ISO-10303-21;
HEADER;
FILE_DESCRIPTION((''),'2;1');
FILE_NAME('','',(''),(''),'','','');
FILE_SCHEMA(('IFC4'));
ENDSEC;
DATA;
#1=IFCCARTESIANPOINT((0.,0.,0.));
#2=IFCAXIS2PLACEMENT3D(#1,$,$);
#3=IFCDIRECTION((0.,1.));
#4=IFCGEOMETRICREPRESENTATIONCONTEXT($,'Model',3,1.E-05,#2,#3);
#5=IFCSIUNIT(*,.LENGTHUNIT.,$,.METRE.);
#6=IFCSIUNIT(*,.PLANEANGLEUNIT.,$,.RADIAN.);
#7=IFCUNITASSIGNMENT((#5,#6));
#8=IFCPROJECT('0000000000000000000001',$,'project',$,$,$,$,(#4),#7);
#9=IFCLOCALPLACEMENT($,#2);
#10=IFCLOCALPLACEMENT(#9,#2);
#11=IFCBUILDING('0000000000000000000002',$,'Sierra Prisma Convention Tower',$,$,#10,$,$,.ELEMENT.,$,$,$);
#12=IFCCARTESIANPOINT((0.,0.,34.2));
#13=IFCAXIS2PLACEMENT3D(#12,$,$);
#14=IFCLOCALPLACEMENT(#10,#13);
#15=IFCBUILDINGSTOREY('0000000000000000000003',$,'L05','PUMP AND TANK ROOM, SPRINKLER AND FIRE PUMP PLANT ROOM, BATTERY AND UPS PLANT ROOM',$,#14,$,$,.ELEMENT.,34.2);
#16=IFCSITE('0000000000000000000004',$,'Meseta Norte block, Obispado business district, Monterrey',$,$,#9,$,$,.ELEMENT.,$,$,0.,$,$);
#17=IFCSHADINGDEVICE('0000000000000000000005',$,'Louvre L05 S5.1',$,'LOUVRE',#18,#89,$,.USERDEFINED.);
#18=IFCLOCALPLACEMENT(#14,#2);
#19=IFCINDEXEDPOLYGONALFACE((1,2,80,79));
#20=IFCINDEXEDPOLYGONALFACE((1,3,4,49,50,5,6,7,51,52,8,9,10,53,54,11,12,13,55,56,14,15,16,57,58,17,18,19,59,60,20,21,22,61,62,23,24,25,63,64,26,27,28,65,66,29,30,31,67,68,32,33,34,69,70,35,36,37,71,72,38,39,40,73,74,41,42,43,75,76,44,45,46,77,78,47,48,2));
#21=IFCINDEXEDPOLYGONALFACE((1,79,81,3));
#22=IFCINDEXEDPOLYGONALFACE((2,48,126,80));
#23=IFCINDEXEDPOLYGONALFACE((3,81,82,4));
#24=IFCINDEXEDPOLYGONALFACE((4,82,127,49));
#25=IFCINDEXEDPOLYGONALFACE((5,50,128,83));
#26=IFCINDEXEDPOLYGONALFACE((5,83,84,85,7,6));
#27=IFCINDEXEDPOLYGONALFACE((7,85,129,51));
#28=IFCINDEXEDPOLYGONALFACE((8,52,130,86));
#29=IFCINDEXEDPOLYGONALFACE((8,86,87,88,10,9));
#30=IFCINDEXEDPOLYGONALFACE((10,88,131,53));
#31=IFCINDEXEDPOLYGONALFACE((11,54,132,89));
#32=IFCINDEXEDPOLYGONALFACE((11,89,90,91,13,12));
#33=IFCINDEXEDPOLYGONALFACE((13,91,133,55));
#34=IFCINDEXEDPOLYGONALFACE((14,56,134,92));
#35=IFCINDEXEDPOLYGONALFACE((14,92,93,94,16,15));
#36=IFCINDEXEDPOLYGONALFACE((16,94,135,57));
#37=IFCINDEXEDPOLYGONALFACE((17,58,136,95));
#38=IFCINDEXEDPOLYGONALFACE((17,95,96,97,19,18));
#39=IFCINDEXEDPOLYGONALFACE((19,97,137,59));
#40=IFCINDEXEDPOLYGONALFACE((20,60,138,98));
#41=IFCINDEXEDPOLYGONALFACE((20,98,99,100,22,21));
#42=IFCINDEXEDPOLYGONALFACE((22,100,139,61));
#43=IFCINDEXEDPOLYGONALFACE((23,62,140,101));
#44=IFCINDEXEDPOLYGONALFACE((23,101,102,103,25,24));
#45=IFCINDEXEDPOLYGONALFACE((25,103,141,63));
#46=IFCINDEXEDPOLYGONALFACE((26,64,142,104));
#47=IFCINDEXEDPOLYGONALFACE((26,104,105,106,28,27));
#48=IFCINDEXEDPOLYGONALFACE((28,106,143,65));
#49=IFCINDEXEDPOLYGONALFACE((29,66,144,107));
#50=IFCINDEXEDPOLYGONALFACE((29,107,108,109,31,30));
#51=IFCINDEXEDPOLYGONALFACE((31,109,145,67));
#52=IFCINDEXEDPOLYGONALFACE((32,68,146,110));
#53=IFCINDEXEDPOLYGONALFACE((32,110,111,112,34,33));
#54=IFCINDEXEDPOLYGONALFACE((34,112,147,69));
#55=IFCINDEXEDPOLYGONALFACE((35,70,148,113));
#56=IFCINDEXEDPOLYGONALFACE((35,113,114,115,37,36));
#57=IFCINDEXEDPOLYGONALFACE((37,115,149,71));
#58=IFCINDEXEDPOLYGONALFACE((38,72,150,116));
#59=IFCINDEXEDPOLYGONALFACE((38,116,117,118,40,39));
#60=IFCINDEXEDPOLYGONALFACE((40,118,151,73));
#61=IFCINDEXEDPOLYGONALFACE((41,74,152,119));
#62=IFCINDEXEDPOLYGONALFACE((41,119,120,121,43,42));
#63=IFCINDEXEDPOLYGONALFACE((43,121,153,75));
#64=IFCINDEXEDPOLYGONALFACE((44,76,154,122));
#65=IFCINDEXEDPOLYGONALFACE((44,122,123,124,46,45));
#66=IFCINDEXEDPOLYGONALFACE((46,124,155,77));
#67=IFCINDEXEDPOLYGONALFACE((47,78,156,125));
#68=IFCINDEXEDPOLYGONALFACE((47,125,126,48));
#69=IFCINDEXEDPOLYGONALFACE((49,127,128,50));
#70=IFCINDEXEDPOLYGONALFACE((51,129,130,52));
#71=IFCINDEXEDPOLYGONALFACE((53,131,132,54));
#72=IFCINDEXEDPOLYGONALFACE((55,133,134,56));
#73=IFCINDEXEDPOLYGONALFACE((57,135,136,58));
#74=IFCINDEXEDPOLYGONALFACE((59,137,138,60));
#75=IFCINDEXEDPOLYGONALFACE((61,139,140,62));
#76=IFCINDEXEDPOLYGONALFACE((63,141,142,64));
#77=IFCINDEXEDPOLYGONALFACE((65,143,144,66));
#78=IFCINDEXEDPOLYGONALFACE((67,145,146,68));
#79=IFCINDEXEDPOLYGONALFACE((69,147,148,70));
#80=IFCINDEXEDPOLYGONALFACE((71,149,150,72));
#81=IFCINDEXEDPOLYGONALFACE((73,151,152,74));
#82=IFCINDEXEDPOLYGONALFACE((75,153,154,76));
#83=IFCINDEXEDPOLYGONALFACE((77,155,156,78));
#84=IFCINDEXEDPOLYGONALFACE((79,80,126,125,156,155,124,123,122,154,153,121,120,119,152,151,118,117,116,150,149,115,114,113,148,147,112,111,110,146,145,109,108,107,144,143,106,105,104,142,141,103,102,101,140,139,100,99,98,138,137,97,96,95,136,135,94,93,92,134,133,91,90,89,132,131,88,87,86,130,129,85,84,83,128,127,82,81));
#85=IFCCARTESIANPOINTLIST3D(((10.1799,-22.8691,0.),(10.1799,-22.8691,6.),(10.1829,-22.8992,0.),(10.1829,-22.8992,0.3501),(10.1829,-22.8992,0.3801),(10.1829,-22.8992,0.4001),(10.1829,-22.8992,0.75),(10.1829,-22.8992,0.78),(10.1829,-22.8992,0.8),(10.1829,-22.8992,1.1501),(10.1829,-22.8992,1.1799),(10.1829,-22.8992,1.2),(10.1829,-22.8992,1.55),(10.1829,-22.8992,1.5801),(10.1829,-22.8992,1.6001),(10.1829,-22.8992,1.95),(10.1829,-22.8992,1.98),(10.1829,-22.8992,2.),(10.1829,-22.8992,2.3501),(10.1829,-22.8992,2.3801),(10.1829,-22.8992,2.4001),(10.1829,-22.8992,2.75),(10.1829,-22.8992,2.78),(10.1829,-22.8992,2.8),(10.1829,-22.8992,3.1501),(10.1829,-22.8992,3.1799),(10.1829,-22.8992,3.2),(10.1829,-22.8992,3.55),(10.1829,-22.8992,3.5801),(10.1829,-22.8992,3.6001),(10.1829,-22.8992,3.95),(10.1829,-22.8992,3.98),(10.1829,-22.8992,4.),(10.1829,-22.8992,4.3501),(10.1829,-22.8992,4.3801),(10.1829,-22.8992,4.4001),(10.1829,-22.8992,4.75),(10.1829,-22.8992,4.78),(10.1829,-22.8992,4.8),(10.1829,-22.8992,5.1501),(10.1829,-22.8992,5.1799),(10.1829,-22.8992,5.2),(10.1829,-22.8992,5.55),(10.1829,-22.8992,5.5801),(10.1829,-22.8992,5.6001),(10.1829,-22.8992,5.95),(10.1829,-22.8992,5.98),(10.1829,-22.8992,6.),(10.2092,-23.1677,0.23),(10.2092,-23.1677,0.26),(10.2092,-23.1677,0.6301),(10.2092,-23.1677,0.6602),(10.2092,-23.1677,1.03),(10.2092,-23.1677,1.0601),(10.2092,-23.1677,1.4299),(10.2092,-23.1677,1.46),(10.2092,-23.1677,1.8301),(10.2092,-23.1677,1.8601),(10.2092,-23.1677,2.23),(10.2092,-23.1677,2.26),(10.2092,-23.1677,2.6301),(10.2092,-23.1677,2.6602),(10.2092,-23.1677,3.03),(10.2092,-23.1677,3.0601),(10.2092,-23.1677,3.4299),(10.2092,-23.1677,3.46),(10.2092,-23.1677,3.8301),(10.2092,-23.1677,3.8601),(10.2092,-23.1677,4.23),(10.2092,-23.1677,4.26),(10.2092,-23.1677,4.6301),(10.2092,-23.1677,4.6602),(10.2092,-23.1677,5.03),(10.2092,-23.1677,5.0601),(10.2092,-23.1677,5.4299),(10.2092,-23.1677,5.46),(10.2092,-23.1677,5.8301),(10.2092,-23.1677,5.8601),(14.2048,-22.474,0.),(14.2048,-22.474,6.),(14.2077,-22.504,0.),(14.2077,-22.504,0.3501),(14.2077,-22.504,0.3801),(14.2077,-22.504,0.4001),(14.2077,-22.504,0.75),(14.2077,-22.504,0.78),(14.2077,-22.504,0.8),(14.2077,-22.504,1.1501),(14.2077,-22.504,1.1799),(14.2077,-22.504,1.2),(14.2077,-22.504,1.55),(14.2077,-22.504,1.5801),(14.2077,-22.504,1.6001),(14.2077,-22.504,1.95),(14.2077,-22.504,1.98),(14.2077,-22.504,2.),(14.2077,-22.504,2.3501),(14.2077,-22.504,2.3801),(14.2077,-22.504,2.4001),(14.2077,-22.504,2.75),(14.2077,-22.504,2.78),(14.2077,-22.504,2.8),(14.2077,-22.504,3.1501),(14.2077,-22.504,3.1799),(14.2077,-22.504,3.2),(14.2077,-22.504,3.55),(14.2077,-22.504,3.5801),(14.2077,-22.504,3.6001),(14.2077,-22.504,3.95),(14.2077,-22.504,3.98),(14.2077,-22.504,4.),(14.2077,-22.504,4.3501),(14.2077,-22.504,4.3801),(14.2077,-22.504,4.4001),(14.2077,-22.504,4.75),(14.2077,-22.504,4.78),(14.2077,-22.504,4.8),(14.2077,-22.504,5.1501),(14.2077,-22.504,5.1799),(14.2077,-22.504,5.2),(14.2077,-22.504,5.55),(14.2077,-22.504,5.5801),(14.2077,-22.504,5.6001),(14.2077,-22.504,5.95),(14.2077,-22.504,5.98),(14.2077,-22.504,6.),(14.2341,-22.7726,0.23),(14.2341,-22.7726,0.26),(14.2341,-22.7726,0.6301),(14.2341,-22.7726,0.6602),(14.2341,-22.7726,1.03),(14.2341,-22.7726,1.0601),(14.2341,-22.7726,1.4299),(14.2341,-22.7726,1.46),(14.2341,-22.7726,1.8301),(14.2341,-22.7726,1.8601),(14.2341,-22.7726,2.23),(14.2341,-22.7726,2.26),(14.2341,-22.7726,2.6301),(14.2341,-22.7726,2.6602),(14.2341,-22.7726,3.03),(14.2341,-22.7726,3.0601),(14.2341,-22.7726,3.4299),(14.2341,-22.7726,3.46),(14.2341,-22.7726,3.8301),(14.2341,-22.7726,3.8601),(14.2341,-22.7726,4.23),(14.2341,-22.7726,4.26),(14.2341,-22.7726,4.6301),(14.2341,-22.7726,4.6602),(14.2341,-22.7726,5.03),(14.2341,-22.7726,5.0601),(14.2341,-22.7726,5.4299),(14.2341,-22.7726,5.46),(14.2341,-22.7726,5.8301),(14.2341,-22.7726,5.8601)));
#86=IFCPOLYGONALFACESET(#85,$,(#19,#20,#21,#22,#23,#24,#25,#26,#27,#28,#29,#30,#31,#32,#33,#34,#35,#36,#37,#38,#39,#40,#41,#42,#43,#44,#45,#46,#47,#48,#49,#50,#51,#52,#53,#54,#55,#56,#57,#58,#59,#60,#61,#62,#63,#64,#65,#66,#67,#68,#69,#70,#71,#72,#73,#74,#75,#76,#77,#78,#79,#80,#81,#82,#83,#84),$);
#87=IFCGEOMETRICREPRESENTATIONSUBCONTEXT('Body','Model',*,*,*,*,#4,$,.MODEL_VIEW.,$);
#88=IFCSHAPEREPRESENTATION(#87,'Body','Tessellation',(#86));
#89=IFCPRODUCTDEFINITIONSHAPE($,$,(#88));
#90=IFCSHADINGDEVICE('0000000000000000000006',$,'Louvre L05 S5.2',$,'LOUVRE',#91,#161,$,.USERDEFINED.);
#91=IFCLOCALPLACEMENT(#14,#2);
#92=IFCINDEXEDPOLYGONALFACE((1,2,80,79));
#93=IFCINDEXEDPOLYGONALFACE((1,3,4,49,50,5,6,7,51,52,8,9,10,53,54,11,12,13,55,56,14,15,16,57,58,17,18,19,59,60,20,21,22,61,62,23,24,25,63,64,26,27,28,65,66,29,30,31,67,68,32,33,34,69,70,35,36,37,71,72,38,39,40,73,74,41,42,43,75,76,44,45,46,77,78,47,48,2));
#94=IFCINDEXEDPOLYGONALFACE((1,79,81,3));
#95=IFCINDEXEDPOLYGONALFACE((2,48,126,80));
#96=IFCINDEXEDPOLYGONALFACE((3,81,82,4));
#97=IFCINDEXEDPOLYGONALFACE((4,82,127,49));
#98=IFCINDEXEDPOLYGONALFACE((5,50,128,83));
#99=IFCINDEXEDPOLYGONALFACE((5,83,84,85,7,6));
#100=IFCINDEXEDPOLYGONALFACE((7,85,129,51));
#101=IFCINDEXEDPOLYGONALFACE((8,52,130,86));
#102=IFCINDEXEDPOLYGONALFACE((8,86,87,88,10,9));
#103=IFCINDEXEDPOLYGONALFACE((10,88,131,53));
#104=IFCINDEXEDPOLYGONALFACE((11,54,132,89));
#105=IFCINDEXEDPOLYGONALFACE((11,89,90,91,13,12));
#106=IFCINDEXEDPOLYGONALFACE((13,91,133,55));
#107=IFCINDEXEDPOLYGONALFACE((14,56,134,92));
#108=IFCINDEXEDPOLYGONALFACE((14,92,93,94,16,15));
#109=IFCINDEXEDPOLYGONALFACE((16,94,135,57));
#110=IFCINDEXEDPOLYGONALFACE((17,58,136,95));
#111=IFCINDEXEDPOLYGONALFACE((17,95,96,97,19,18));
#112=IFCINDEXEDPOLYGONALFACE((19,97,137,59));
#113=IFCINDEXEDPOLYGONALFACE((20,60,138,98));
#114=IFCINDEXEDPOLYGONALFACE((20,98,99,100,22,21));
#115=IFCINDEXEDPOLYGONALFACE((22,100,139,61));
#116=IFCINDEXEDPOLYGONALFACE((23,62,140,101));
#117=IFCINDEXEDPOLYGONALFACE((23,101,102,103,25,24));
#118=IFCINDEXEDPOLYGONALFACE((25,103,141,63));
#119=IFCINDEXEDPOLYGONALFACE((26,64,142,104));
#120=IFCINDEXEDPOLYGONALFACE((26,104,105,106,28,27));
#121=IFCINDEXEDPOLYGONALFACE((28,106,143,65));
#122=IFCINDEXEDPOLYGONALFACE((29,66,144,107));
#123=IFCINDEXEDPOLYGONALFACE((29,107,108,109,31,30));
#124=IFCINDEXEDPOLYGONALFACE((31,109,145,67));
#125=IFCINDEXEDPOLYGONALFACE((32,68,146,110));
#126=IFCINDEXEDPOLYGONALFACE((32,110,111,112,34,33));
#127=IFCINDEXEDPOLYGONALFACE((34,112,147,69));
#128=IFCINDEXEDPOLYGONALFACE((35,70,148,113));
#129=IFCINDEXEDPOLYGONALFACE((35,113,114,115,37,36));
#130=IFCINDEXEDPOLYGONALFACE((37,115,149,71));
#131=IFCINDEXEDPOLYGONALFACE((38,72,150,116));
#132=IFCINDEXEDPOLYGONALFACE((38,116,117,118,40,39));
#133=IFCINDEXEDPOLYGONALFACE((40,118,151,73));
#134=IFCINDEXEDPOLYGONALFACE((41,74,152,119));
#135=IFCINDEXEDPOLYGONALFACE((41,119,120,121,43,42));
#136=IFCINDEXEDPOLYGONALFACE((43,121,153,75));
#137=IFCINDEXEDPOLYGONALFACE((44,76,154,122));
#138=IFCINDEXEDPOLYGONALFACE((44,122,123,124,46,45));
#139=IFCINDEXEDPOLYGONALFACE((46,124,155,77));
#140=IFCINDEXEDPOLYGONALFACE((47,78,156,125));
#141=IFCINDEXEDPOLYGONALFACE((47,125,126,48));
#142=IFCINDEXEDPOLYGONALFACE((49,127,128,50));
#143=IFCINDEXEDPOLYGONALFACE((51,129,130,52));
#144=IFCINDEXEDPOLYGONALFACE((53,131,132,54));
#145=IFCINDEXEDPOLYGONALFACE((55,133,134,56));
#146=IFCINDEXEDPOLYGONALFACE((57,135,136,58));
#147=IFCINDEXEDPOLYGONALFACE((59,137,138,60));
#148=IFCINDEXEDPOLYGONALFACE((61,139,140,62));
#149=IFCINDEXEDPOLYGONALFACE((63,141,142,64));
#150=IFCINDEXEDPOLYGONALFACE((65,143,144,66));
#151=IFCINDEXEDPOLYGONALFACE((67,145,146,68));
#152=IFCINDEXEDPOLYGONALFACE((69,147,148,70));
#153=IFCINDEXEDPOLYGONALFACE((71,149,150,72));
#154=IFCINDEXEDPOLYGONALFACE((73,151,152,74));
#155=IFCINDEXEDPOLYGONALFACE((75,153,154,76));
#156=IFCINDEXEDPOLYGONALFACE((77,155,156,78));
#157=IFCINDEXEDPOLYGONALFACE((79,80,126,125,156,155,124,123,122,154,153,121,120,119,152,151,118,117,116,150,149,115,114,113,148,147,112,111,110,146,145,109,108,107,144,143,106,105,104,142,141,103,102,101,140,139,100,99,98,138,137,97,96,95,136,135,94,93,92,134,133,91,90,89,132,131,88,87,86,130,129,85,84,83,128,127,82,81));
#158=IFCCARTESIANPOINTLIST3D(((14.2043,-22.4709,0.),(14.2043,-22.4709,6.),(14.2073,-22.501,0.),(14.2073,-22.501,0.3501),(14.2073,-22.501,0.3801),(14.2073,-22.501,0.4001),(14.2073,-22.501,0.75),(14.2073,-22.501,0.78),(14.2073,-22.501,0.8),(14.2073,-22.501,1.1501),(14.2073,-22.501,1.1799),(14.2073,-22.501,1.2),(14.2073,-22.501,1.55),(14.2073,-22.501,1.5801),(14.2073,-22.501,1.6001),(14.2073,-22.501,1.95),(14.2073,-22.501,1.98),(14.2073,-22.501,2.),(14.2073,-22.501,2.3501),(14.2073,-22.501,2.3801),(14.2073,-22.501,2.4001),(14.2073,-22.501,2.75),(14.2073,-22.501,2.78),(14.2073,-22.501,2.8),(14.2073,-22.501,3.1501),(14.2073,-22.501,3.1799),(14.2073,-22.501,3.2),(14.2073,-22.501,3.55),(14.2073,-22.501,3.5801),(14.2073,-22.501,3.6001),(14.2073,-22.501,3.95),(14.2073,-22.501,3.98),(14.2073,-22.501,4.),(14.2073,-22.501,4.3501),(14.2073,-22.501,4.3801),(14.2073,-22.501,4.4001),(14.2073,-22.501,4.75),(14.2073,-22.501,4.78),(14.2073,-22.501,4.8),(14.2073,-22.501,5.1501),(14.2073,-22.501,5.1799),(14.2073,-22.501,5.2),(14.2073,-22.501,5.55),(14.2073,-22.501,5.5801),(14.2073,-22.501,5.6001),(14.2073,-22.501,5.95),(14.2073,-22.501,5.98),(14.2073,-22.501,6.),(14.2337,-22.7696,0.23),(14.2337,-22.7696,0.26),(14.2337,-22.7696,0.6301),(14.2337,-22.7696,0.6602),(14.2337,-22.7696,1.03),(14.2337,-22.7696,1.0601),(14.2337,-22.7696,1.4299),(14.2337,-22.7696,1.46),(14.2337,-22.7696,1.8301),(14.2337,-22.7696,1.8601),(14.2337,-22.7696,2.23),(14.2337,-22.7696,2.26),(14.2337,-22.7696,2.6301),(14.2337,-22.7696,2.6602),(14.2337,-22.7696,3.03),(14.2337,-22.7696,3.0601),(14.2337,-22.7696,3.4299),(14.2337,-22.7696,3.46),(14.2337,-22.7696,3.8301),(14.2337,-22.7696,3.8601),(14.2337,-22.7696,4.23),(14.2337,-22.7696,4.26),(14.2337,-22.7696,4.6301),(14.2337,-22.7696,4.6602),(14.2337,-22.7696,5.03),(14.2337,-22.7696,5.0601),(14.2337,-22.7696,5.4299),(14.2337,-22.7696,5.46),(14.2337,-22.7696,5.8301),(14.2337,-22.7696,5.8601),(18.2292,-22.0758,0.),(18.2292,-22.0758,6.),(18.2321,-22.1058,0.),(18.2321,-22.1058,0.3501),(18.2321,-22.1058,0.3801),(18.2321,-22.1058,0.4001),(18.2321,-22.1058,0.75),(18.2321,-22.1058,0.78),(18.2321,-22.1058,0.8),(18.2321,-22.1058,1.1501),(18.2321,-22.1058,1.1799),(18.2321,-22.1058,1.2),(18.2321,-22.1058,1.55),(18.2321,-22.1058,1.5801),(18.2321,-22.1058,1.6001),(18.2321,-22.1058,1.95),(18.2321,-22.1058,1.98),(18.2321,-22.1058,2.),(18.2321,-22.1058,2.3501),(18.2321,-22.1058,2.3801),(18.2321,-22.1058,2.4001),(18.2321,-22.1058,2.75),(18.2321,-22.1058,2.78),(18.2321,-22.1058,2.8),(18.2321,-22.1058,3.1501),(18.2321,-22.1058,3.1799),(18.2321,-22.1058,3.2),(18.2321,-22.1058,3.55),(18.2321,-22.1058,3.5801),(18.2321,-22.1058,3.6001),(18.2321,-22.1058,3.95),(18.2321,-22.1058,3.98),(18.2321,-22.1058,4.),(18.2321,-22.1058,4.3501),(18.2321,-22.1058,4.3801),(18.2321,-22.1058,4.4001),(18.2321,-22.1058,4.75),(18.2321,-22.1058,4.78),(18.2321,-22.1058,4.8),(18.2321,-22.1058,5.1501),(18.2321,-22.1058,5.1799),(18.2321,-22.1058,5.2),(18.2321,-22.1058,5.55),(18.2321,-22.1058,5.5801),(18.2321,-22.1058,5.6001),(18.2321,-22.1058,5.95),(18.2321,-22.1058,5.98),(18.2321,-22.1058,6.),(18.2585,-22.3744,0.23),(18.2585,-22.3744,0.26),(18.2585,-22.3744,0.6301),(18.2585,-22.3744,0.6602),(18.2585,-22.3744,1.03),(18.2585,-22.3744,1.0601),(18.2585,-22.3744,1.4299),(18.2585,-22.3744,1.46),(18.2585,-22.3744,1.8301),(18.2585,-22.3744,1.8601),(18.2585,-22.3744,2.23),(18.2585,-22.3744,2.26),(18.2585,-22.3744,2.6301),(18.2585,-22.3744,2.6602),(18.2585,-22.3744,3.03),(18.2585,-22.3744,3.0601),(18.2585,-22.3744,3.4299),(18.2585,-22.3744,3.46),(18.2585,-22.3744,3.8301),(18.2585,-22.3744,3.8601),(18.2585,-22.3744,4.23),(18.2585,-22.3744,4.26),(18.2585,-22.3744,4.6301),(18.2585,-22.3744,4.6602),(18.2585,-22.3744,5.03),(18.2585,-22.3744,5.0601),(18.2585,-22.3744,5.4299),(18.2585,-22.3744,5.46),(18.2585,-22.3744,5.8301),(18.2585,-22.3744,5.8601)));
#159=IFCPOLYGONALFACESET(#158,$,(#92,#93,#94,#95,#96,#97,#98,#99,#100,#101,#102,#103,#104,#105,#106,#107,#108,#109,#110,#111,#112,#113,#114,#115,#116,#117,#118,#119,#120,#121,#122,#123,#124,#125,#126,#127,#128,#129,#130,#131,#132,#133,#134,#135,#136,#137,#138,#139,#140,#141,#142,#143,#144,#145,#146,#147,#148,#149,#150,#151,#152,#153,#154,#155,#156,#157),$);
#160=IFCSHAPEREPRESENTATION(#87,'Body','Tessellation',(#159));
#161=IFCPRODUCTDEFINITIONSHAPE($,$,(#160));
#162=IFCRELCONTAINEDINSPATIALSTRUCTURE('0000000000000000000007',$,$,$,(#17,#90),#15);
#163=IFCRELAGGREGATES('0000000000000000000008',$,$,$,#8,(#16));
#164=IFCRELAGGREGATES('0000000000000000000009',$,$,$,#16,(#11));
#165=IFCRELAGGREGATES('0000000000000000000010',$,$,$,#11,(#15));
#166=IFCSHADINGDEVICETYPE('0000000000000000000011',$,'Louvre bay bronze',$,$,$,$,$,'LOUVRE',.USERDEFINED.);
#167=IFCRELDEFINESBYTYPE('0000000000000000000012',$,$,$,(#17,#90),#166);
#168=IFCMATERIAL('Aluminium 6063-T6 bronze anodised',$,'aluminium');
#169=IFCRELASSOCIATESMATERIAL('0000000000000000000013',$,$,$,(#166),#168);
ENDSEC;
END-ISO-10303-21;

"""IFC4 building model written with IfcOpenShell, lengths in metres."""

from ifc_helpers import new_model, si_unit, direction, frame, origin, place, context, subcontext, project, spatial, polyline, outline, extrude, material, type_object, element, save


model = new_model("IFC4")

# Units and contexts
model_context = context("Model", 3, precision=1e-05, world=origin(), true_north=direction((0.0, 1.0)))
body_context = subcontext(model_context, "Body", "Model", "MODEL_VIEW")
ifc_project = project(units=[si_unit("LENGTHUNIT", "METRE"), si_unit("PLANEANGLEUNIT", "RADIAN")], contexts=[model_context])

# Site, building, storey
site_placement = place(None, origin())
site = spatial("IfcSite", under=ifc_project, at=site_placement, Name="Meseta Norte block, Obispado business district, Monterrey", CompositionType="ELEMENT", RefElevation=0.0)
building_placement = place(site_placement, origin())
building = spatial("IfcBuilding", under=site, at=building_placement, Name="Sierra Prisma Convention Tower", CompositionType="ELEMENT")
storey_placement = place(building_placement, frame((0.0, 0.0, 34.2)))
storey = spatial("IfcBuildingStorey", under=building, at=storey_placement, Name="L05", Description="PUMP AND TANK ROOM, SPRINKLER AND FIRE PUMP PLANT ROOM, BATTERY AND UPS PLANT ROOM", CompositionType="ELEMENT", Elevation=34.2)

# Shading devices
ifc_material_1 = material(Name="Aluminium 6063-T6 bronze anodised", Category="aluminium")
shading_device_type = type_object("IfcShadingDeviceType", Name="Louvre bay bronze", ElementType="LOUVRE", PredefinedType="USERDEFINED", material=ifc_material_1)
shading_device_1_placement = place(storey_placement, frame((10.1799, -22.8691, 0.0), z_axis=(-0.995215, -0.097706, 0.0), x_axis=(0.0, 0.0, 1.0)))
element("IfcShadingDevice", 1, at=shading_device_1_placement, inside=storey, type_object=shading_device_type, Name="Louvre L05 S5.1", ObjectType="LOUVRE", PredefinedType="USERDEFINED", context=body_context, shape_type="SweptSolid", body=[
    extrude(outline(polyline([(0.0, 0.0), (6.0, 0.0), (6.0, -0.0302), (5.98, -0.0302), (5.8601, -0.3), (5.8301, -0.3), (5.95, -0.0302), (5.6001, -0.0302), (5.5801, -0.0302), (5.46, -0.3), (5.4299, -0.3), (5.55, -0.0302), (5.2, -0.0302), (5.1799, -0.0302), (5.0601, -0.3), (5.03, -0.3), (5.1501, -0.0302), (4.8, -0.0302), (4.78, -0.0302), (4.6602, -0.3), (4.6301, -0.3), (4.75, -0.0302), (4.4001, -0.0302), (4.3801, -0.0302), (4.26, -0.3), (4.23, -0.3), (4.3501, -0.0302), (4.0, -0.0302), (3.98, -0.0302), (3.8601, -0.3), (3.8301, -0.3), (3.95, -0.0302), (3.6001, -0.0302), (3.5801, -0.0302), (3.46, -0.3), (3.4299, -0.3), (3.55, -0.0302), (3.2, -0.0302), (3.1799, -0.0302), (3.0601, -0.3), (3.03, -0.3), (3.1501, -0.0302), (2.8, -0.0302), (2.78, -0.0302), (2.6602, -0.3), (2.6301, -0.3), (2.75, -0.0302), (2.4001, -0.0302), (2.3801, -0.0302), (2.26, -0.3), (2.23, -0.3), (2.3501, -0.0302), (2.0, -0.0302), (1.98, -0.0302), (1.8601, -0.3), (1.8301, -0.3), (1.95, -0.0302), (1.6001, -0.0302), (1.5801, -0.0302), (1.46, -0.3), (1.4299, -0.3), (1.55, -0.0302), (1.2, -0.0302), (1.1799, -0.0302), (1.0601, -0.3), (1.03, -0.3), (1.1501, -0.0302), (0.8, -0.0302), (0.78, -0.0302), (0.6602, -0.3), (0.6301, -0.3), (0.75, -0.0302), (0.4001, -0.0302), (0.3801, -0.0302), (0.26, -0.3), (0.23, -0.3), (0.3501, -0.0302), (0.0, -0.0302), (0.0, 0.0)])), origin(), (0.0, 0.0, -1.0), 4.0442),
])
shading_device_2_placement = place(storey_placement, frame((14.2043, -22.4709, 0.0), z_axis=(-0.995215, -0.097706, 0.0), x_axis=(0.0, 0.0, 1.0)))
element("IfcShadingDevice", 2, at=shading_device_2_placement, inside=storey, type_object=shading_device_type, Name="Louvre L05 S5.2", ObjectType="LOUVRE", PredefinedType="USERDEFINED", context=body_context, shape_type="SweptSolid", body=[
    extrude(outline(polyline([(0.0, 0.0), (6.0, 0.0), (6.0, -0.0302), (5.98, -0.0302), (5.8601, -0.3), (5.8301, -0.3), (5.95, -0.0302), (5.6001, -0.0302), (5.5801, -0.0302), (5.46, -0.3), (5.4299, -0.3), (5.55, -0.0302), (5.2, -0.0302), (5.1799, -0.0302), (5.0601, -0.3), (5.03, -0.3), (5.1501, -0.0302), (4.8, -0.0302), (4.78, -0.0302), (4.6602, -0.3), (4.6301, -0.3), (4.75, -0.0302), (4.4001, -0.0302), (4.3801, -0.0302), (4.26, -0.3), (4.23, -0.3), (4.3501, -0.0302), (4.0, -0.0302), (3.98, -0.0302), (3.8601, -0.3), (3.8301, -0.3), (3.95, -0.0302), (3.6001, -0.0302), (3.5801, -0.0302), (3.46, -0.3), (3.4299, -0.3), (3.55, -0.0302), (3.2, -0.0302), (3.1799, -0.0302), (3.0601, -0.3), (3.03, -0.3), (3.1501, -0.0302), (2.8, -0.0302), (2.78, -0.0302), (2.6602, -0.3), (2.6301, -0.3), (2.75, -0.0302), (2.4001, -0.0302), (2.3801, -0.0302), (2.26, -0.3), (2.23, -0.3), (2.3501, -0.0302), (2.0, -0.0302), (1.98, -0.0302), (1.8601, -0.3), (1.8301, -0.3), (1.95, -0.0302), (1.6001, -0.0302), (1.5801, -0.0302), (1.46, -0.3), (1.4299, -0.3), (1.55, -0.0302), (1.2, -0.0302), (1.1799, -0.0302), (1.0601, -0.3), (1.03, -0.3), (1.1501, -0.0302), (0.8, -0.0302), (0.78, -0.0302), (0.6602, -0.3), (0.6301, -0.3), (0.75, -0.0302), (0.4001, -0.0302), (0.3801, -0.0302), (0.26, -0.3), (0.23, -0.3), (0.3501, -0.0302), (0.0, -0.0302), (0.0, 0.0)])), origin(), (0.0, 0.0, -1.0), 4.0442),
])

save(model, "model.ifc")
